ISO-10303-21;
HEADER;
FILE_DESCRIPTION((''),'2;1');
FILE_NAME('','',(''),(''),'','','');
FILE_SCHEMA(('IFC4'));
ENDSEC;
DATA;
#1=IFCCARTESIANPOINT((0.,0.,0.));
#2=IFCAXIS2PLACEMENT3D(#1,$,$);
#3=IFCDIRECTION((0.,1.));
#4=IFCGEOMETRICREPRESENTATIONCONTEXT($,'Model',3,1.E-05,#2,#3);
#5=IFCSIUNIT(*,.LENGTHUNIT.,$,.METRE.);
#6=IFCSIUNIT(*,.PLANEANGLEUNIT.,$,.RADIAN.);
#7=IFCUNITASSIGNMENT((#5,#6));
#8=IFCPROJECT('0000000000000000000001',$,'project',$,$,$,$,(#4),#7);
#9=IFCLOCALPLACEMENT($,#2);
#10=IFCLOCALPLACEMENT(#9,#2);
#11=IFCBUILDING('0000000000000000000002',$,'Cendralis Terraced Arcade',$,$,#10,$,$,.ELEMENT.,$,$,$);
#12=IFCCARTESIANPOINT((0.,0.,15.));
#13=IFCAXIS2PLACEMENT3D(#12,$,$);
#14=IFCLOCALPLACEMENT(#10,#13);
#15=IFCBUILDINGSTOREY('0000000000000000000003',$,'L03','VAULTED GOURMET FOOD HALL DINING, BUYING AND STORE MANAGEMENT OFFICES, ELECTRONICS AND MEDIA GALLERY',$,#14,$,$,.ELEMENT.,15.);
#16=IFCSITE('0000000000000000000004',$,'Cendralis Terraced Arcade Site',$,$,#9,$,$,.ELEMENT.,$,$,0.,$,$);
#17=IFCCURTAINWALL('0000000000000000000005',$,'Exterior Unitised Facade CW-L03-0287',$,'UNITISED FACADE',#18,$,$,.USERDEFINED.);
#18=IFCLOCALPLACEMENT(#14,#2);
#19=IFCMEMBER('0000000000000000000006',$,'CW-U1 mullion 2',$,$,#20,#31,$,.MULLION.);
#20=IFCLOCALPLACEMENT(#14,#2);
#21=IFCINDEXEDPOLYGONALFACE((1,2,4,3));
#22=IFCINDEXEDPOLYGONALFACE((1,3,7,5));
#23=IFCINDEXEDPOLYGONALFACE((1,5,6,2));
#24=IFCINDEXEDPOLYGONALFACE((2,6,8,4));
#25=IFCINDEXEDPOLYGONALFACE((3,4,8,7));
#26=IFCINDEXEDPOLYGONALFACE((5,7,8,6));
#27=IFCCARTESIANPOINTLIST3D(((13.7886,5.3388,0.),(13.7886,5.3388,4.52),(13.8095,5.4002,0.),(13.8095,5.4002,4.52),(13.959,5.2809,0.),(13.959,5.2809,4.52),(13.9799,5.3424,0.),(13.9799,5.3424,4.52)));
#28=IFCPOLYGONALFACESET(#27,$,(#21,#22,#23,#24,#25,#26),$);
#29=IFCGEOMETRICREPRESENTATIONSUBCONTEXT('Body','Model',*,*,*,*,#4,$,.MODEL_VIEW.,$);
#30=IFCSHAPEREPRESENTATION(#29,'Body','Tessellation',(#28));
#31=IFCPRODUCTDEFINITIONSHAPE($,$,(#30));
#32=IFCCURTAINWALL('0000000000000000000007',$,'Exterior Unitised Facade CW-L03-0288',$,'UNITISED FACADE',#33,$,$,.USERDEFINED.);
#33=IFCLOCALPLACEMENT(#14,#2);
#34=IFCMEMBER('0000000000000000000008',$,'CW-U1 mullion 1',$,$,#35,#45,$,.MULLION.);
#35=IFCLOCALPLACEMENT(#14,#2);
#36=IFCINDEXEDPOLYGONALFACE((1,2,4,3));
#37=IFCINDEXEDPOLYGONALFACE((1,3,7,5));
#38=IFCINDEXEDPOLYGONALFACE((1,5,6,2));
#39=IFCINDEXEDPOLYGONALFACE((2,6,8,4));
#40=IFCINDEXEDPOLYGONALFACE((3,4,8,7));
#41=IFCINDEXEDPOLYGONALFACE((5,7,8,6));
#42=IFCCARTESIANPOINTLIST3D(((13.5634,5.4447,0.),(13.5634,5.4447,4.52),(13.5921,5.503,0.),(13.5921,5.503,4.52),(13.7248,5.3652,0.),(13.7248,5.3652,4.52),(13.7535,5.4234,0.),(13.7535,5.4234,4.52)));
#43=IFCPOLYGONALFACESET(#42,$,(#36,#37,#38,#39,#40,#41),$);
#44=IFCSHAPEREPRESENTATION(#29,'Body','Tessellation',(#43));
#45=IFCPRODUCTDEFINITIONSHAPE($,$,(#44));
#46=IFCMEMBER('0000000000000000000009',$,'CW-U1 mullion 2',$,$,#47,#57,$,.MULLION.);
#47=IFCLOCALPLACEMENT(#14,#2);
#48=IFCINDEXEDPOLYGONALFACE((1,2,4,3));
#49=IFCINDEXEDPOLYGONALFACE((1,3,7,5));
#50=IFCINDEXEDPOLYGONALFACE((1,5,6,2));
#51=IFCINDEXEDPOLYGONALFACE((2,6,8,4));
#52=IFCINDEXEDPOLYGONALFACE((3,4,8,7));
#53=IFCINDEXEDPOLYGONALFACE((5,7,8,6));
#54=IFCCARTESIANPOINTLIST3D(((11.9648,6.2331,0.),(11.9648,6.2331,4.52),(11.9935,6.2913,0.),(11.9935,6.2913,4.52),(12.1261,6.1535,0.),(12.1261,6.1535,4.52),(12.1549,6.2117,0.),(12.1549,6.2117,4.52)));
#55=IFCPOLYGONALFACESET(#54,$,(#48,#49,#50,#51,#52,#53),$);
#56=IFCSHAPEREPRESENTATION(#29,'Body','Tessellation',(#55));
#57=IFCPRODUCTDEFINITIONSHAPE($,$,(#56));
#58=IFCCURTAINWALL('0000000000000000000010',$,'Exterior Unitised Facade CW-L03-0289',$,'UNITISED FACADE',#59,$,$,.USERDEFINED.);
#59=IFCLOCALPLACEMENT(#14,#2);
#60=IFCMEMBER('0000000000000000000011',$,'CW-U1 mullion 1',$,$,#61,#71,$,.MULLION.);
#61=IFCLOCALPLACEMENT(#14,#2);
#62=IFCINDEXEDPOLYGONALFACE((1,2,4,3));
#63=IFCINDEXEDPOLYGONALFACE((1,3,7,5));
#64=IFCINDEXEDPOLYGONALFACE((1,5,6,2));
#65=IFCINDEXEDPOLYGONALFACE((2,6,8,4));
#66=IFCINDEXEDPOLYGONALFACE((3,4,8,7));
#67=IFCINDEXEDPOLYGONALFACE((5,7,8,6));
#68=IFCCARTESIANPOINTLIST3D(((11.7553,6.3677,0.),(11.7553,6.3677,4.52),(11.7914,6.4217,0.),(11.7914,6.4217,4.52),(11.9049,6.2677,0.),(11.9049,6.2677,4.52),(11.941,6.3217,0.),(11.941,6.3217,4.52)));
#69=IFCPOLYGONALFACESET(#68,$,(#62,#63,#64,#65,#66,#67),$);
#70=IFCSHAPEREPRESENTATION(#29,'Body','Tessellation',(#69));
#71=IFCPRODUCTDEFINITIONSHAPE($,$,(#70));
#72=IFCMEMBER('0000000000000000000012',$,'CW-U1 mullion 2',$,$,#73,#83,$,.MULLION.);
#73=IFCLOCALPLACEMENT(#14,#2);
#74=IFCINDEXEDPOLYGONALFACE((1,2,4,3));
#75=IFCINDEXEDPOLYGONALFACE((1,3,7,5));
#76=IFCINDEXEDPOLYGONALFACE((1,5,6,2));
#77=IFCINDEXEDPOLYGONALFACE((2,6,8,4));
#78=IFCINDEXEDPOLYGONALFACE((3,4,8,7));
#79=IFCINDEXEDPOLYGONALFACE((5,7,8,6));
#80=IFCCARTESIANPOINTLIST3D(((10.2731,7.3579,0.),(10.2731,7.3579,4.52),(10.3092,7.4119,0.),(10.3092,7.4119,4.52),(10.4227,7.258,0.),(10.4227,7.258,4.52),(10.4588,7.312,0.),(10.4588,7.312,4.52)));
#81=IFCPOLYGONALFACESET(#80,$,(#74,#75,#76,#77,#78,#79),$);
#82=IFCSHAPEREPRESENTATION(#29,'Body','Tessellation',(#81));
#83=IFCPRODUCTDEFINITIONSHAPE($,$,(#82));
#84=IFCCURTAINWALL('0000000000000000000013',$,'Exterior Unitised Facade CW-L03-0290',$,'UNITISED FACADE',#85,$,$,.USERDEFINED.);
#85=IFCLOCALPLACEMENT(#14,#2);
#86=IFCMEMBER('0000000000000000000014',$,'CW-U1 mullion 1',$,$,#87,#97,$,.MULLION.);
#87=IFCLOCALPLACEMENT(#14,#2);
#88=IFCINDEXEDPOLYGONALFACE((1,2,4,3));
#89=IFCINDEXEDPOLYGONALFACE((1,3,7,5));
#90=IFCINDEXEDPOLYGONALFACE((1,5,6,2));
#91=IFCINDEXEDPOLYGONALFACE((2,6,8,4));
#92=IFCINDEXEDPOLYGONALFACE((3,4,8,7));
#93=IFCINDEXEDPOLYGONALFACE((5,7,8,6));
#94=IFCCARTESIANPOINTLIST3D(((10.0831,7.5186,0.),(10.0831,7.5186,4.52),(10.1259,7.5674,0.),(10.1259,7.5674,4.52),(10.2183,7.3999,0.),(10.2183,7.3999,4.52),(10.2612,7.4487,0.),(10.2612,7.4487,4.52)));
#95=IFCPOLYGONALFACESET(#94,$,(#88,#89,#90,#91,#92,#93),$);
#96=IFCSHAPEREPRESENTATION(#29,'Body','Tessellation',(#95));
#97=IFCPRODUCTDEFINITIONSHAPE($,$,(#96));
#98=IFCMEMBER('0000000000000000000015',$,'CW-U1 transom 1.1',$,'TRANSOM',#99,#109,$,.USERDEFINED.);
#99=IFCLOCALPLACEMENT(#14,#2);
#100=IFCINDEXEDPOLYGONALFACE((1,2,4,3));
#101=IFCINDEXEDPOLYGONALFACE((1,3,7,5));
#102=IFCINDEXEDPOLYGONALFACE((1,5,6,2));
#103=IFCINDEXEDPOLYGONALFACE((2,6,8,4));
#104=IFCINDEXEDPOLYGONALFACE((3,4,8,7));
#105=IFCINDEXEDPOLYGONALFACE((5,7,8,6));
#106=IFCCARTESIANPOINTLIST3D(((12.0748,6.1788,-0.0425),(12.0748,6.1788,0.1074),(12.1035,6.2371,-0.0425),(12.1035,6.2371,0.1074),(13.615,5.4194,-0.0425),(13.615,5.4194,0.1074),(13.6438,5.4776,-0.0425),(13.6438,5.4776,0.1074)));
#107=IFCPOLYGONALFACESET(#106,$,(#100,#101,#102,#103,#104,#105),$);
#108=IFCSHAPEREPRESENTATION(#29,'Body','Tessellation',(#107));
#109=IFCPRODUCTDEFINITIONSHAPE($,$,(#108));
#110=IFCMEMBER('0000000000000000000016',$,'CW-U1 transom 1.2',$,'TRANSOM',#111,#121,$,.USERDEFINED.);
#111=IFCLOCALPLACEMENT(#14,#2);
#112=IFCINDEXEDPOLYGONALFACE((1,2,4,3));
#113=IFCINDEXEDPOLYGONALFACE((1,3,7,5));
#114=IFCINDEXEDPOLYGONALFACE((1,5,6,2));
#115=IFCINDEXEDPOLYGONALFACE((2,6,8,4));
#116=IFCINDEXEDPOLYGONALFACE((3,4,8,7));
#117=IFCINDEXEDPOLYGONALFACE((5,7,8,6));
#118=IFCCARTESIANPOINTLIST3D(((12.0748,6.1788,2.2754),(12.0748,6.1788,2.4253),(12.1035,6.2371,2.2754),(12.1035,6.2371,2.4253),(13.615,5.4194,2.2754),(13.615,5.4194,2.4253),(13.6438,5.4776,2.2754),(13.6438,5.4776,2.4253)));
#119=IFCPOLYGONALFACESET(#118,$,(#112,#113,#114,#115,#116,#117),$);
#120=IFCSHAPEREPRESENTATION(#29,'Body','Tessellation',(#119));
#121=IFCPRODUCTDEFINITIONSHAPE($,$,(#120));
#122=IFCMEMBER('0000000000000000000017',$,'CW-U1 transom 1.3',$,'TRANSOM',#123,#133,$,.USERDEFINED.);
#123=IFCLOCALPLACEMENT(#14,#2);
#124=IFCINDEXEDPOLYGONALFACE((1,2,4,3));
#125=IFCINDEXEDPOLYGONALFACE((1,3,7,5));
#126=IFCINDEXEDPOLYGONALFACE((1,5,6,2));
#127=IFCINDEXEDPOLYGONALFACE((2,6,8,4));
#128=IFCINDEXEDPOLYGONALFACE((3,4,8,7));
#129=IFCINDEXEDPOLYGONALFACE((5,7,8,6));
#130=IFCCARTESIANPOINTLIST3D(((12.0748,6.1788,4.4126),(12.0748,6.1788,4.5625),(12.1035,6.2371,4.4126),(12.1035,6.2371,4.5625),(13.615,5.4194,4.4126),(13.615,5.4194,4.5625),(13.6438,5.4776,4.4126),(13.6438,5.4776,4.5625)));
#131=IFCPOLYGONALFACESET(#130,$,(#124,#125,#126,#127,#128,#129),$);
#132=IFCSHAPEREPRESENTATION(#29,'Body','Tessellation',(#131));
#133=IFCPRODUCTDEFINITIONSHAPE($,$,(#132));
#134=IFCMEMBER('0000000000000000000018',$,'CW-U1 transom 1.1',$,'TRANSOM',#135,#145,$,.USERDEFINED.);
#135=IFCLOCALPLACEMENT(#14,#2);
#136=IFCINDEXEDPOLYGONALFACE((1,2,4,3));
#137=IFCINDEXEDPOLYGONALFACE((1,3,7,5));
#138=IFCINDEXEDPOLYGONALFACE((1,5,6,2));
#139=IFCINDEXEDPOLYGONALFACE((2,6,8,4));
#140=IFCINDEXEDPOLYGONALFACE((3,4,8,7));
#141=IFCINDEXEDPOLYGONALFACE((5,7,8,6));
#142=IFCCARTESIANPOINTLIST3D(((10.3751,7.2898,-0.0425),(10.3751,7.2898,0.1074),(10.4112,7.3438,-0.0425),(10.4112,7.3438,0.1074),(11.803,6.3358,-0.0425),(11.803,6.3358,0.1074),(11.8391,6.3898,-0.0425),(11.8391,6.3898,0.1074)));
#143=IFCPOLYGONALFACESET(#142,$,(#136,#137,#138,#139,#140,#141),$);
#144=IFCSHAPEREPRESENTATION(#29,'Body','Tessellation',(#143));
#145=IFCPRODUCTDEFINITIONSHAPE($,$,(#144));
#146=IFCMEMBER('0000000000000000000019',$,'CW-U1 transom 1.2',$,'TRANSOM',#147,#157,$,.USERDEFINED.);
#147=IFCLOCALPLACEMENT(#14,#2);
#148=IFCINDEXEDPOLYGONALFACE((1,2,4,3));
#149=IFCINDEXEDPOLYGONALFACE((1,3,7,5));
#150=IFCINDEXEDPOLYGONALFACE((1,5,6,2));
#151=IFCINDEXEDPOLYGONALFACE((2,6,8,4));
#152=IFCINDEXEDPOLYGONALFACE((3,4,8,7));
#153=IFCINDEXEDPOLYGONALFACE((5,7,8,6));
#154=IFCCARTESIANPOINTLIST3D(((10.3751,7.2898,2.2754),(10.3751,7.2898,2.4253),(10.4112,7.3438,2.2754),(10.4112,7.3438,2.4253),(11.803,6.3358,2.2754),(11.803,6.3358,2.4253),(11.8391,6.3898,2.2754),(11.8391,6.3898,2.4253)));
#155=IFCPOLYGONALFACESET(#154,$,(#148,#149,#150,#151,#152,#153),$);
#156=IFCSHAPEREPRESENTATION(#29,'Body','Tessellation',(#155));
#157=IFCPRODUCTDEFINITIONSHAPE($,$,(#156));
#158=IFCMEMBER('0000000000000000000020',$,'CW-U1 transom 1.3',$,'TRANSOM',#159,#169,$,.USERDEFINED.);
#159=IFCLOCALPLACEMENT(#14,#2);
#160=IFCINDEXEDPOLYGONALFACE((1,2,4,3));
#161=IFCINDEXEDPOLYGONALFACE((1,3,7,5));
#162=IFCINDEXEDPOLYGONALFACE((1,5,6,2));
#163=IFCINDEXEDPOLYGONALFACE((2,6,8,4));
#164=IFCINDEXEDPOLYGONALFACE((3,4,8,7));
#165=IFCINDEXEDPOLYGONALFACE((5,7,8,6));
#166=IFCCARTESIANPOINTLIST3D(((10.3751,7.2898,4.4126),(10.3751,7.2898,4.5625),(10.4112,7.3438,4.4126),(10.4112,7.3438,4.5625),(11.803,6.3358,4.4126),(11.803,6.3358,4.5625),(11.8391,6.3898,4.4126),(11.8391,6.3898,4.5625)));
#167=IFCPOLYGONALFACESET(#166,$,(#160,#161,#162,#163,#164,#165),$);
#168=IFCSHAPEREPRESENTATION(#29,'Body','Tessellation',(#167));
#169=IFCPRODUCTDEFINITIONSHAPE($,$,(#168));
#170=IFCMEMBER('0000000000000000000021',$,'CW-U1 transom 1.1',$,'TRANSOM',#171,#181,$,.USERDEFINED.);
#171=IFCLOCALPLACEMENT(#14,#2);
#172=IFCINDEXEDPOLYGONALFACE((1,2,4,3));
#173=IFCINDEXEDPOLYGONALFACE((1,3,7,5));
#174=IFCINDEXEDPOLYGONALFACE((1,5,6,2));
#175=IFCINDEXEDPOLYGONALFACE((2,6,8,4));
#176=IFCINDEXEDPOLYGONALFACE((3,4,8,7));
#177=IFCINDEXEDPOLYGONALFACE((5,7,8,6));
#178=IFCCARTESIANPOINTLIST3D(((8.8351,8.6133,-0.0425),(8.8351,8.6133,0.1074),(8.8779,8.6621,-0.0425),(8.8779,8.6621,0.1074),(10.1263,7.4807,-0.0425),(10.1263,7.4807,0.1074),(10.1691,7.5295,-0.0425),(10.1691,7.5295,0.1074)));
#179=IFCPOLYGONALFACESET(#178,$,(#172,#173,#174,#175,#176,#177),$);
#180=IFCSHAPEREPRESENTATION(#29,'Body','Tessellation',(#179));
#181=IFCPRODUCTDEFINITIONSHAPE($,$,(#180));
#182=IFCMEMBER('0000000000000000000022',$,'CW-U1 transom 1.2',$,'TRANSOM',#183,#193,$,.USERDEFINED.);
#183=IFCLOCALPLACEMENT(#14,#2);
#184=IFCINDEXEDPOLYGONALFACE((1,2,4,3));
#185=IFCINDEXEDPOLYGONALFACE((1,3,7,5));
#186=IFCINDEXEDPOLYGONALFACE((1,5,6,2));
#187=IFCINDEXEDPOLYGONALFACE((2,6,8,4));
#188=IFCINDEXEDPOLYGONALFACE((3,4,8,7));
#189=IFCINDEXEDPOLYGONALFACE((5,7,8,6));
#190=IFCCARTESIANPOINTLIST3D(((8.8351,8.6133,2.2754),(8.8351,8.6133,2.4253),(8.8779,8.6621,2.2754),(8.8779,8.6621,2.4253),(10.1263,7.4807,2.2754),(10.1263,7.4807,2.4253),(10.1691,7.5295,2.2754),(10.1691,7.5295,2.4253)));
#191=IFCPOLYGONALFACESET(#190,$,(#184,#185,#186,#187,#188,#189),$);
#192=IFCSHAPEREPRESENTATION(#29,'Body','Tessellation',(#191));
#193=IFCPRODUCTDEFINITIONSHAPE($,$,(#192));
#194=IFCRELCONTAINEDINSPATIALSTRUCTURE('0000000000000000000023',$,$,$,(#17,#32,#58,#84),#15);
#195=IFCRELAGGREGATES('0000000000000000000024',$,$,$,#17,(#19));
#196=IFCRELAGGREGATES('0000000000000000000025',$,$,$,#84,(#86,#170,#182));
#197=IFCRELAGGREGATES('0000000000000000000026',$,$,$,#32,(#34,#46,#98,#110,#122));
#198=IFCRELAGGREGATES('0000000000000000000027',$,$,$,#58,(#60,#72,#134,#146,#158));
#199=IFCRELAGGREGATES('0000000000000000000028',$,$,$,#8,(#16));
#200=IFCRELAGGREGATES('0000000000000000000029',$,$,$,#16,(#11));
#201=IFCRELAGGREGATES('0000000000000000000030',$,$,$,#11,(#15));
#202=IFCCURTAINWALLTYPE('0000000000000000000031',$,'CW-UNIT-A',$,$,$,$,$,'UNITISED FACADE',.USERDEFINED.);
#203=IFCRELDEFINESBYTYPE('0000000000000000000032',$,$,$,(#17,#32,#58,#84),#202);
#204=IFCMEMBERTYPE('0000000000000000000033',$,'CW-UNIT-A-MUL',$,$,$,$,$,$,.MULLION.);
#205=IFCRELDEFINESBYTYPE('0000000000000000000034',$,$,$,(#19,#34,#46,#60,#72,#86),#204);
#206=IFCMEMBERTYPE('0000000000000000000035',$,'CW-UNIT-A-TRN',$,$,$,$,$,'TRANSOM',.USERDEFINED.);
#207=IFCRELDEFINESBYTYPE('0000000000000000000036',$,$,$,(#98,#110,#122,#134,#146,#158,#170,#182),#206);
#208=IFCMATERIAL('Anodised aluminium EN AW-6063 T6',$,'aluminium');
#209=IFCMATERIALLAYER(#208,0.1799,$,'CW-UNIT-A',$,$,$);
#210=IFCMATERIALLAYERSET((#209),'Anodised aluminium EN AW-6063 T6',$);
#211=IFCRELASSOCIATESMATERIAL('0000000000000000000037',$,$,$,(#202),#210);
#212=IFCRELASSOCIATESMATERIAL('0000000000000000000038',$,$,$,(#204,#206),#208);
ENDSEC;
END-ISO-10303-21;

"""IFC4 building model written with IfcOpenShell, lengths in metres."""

from ifc_helpers import new_model, si_unit, direction, frame, origin, origin_2d, place, context, subcontext, project, spatial, rectangle, extrude, material, layer, layer_set, material_profile, profile_set, type_object, element, aggregate, save


model = new_model("IFC4")

# Units and contexts
model_context = context("Model", 3, precision=1e-05, world=origin(), true_north=direction((0.0, 1.0)))
body_context = subcontext(model_context, "Body", "Model", "MODEL_VIEW")
ifc_project = project(units=[si_unit("LENGTHUNIT", "METRE"), si_unit("PLANEANGLEUNIT", "RADIAN")], contexts=[model_context])

# Site, building, storey
site_placement = place(None, origin())
site = spatial("IfcSite", under=ifc_project, at=site_placement, Name="Cendralis Terraced Arcade Site", CompositionType="ELEMENT", RefElevation=0.0)
building_placement = place(site_placement, origin())
building = spatial("IfcBuilding", under=site, at=building_placement, Name="Cendralis Terraced Arcade", CompositionType="ELEMENT")
storey_placement = place(building_placement, frame((0.0, 0.0, 15.0)))
storey = spatial("IfcBuildingStorey", under=building, at=storey_placement, Name="L03", Description="VAULTED GOURMET FOOD HALL DINING, BUYING AND STORE MANAGEMENT OFFICES, ELECTRONICS AND MEDIA GALLERY", CompositionType="ELEMENT", Elevation=15.0)

# Curtain wall, member
ifc_material_1 = material(Name="Anodised aluminium EN AW-6063 T6", Category="aluminium")
ifc_layer_1 = layer(ifc_material_1, 0.1799, Name="CW-UNIT-A")
ifc_layer_set_1 = layer_set([ifc_layer_1], Name="Anodised aluminium EN AW-6063 T6")
curtain_wall_type = type_object("IfcCurtainWallType", Name="CW-UNIT-A", ElementType="UNITISED FACADE", PredefinedType="USERDEFINED", material=ifc_layer_set_1)
curtain_wall_1_placement = place(storey_placement, origin())
curtain_wall_1 = element("IfcCurtainWall", 1, at=curtain_wall_1_placement, inside=storey, type_object=curtain_wall_type, Name="Exterior Unitised Facade CW-L03-0287", ObjectType="UNITISED FACADE", PredefinedType="USERDEFINED")
ifc_material_profile_1 = material_profile(ifc_material_1, rectangle(XDim=0.0649, YDim=0.1799, at=origin_2d()), Name="ALU-MUL-65x180")
ifc_profile_set_1 = profile_set([ifc_material_profile_1], Name="Anodised aluminium EN AW-6063 T6")
member_type_1 = type_object("IfcMemberType", Name="CW-UNIT-A-MUL", PredefinedType="MULLION", material=ifc_profile_set_1)
member_1_placement = place(storey_placement, frame((13.8843, 5.3406, 0.0), z_axis=(0.0, 0.0, 1.0), x_axis=(-0.3215, -0.94691, 0.0)))
member_1 = element("IfcMember", 2, at=member_1_placement, type_object=member_type_1, Name="CW-U1 mullion 2", PredefinedType="MULLION", context=body_context, shape_type="SweptSolid", body=[
    extrude(rectangle(XDim=0.0649, YDim=0.1799, at=origin_2d()), origin(), (0.0, 0.0, 1.0), 4.52),
])
aggregate(curtain_wall_1, [member_1])

# Curtain walls, members
curtain_wall_2_placement = place(storey_placement, origin())
curtain_wall_2 = element("IfcCurtainWall", 3, at=curtain_wall_2_placement, inside=storey, type_object=curtain_wall_type, Name="Exterior Unitised Facade CW-L03-0288", ObjectType="UNITISED FACADE", PredefinedType="USERDEFINED")
member_2_placement = place(storey_placement, frame((13.6584, 5.4341, 0.0), z_axis=(0.0, 0.0, 1.0), x_axis=(-0.44227, -0.896882, 0.0)))
member_2 = element("IfcMember", 4, at=member_2_placement, type_object=member_type_1, Name="CW-U1 mullion 1", PredefinedType="MULLION", context=body_context, shape_type="SweptSolid", body=[
    extrude(rectangle(XDim=0.0649, YDim=0.1799, at=origin_2d()), origin(), (0.0, 0.0, 1.0), 4.52),
])
member_3_placement = place(storey_placement, frame((12.0598, 6.2224, 0.0), z_axis=(0.0, 0.0, 1.0), x_axis=(-0.44227, -0.896882, 0.0)))
member_3 = element("IfcMember", 5, at=member_3_placement, type_object=member_type_1, Name="CW-U1 mullion 2", PredefinedType="MULLION", context=body_context, shape_type="SweptSolid", body=[
    extrude(rectangle(XDim=0.0649, YDim=0.1799, at=origin_2d()), origin(), (0.0, 0.0, 1.0), 4.52),
])
curtain_wall_3_placement = place(storey_placement, origin())
curtain_wall_3 = element("IfcCurtainWall", 6, at=curtain_wall_3_placement, inside=storey, type_object=curtain_wall_type, Name="Exterior Unitised Facade CW-L03-0289", ObjectType="UNITISED FACADE", PredefinedType="USERDEFINED")
member_4_placement = place(storey_placement, frame((11.8481, 6.3447, 0.0), z_axis=(0.0, 0.0, 1.0), x_axis=(-0.555549, -0.831484, 0.0)))
member_4 = element("IfcMember", 7, at=member_4_placement, type_object=member_type_1, Name="CW-U1 mullion 1", PredefinedType="MULLION", context=body_context, shape_type="SweptSolid", body=[
    extrude(rectangle(XDim=0.0649, YDim=0.1799, at=origin_2d()), origin(), (0.0, 0.0, 1.0), 4.52),
])
member_5_placement = place(storey_placement, frame((10.366, 7.335, 0.0), z_axis=(0.0, 0.0, 1.0), x_axis=(-0.555549, -0.831484, 0.0)))
member_5 = element("IfcMember", 8, at=member_5_placement, type_object=member_type_1, Name="CW-U1 mullion 2", PredefinedType="MULLION", context=body_context, shape_type="SweptSolid", body=[
    extrude(rectangle(XDim=0.0649, YDim=0.1799, at=origin_2d()), origin(), (0.0, 0.0, 1.0), 4.52),
])

# Curtain wall, member
curtain_wall_4_placement = place(storey_placement, origin())
curtain_wall_4 = element("IfcCurtainWall", 9, at=curtain_wall_4_placement, inside=storey, type_object=curtain_wall_type, Name="Exterior Unitised Facade CW-L03-0290", ObjectType="UNITISED FACADE", PredefinedType="USERDEFINED")
member_6_placement = place(storey_placement, frame((10.1721, 7.4836, 0.0), z_axis=(0.0, 0.0, 1.0), x_axis=(-0.65937, -0.751818, 0.0)))
member_6 = element("IfcMember", 10, at=member_6_placement, type_object=member_type_1, Name="CW-U1 mullion 1", PredefinedType="MULLION", context=body_context, shape_type="SweptSolid", body=[
    extrude(rectangle(XDim=0.0649, YDim=0.1799, at=origin_2d()), origin(), (0.0, 0.0, 1.0), 4.52),
])

# Members
ifc_material_profile_2 = material_profile(ifc_material_1, rectangle(XDim=0.0649, YDim=0.1499, at=origin_2d()), Name="ALU-TRN-65x150")
ifc_profile_set_2 = profile_set([ifc_material_profile_2], Name="Anodised aluminium EN AW-6063 T6")
member_type_2 = type_object("IfcMemberType", Name="CW-UNIT-A-TRN", ElementType="TRANSOM", PredefinedType="USERDEFINED", material=ifc_profile_set_2)
member_7_placement = place(storey_placement, frame((13.6294, 5.4485, 0.0325), z_axis=(-0.896887, 0.44226, 0.0), x_axis=(-0.44226, -0.896887, 0.0)))
member_7 = element("IfcMember", 11, at=member_7_placement, type_object=member_type_2, Name="CW-U1 transom 1.1", ObjectType="TRANSOM", PredefinedType="USERDEFINED", context=body_context, shape_type="SweptSolid", body=[
    extrude(rectangle(XDim=0.0649, YDim=0.1499, at=origin_2d()), origin(), (0.0, 0.0, 1.0), 1.7173),
])
member_8_placement = place(storey_placement, frame((13.6294, 5.4485, 2.3503), z_axis=(-0.896887, 0.44226, 0.0), x_axis=(-0.44226, -0.896887, 0.0)))
member_8 = element("IfcMember", 12, at=member_8_placement, type_object=member_type_2, Name="CW-U1 transom 1.2", ObjectType="TRANSOM", PredefinedType="USERDEFINED", context=body_context, shape_type="SweptSolid", body=[
    extrude(rectangle(XDim=0.0649, YDim=0.1499, at=origin_2d()), origin(), (0.0, 0.0, 1.0), 1.7173),
])
member_9_placement = place(storey_placement, frame((13.6294, 5.4485, 4.4875), z_axis=(-0.896887, 0.44226, 0.0), x_axis=(-0.44226, -0.896887, 0.0)))
member_9 = element("IfcMember", 13, at=member_9_placement, type_object=member_type_2, Name="CW-U1 transom 1.3", ObjectType="TRANSOM", PredefinedType="USERDEFINED", context=body_context, shape_type="SweptSolid", body=[
    extrude(rectangle(XDim=0.0649, YDim=0.1499, at=origin_2d()), origin(), (0.0, 0.0, 1.0), 1.7173),
])
member_10_placement = place(storey_placement, frame((11.821, 6.3628, 0.0325), z_axis=(-0.831481, 0.555553, 0.0), x_axis=(-0.555553, -0.831481, 0.0)))
member_10 = element("IfcMember", 14, at=member_10_placement, type_object=member_type_2, Name="CW-U1 transom 1.1", ObjectType="TRANSOM", PredefinedType="USERDEFINED", context=body_context, shape_type="SweptSolid", body=[
    extrude(rectangle(XDim=0.0649, YDim=0.1499, at=origin_2d()), origin(), (0.0, 0.0, 1.0), 1.7173),
])
member_11_placement = place(storey_placement, frame((11.821, 6.3628, 2.3503), z_axis=(-0.831481, 0.555553, 0.0), x_axis=(-0.555553, -0.831481, 0.0)))
member_11 = element("IfcMember", 15, at=member_11_placement, type_object=member_type_2, Name="CW-U1 transom 1.2", ObjectType="TRANSOM", PredefinedType="USERDEFINED", context=body_context, shape_type="SweptSolid", body=[
    extrude(rectangle(XDim=0.0649, YDim=0.1499, at=origin_2d()), origin(), (0.0, 0.0, 1.0), 1.7173),
])
member_12_placement = place(storey_placement, frame((11.821, 6.3628, 4.4875), z_axis=(-0.831481, 0.555553, 0.0), x_axis=(-0.555553, -0.831481, 0.0)))
member_12 = element("IfcMember", 16, at=member_12_placement, type_object=member_type_2, Name="CW-U1 transom 1.3", ObjectType="TRANSOM", PredefinedType="USERDEFINED", context=body_context, shape_type="SweptSolid", body=[
    extrude(rectangle(XDim=0.0649, YDim=0.1499, at=origin_2d()), origin(), (0.0, 0.0, 1.0), 1.7173),
])
member_13_placement = place(storey_placement, frame((10.1477, 7.5051, 0.0325), z_axis=(-0.751792, 0.6594, 0.0), x_axis=(-0.6594, -0.751792, 0.0)))
member_13 = element("IfcMember", 17, at=member_13_placement, type_object=member_type_2, Name="CW-U1 transom 1.1", ObjectType="TRANSOM", PredefinedType="USERDEFINED", context=body_context, shape_type="SweptSolid", body=[
    extrude(rectangle(XDim=0.0649, YDim=0.1499, at=origin_2d()), origin(), (0.0, 0.0, 1.0), 1.7175),
])
member_14_placement = place(storey_placement, frame((10.1477, 7.5051, 2.3503), z_axis=(-0.751792, 0.6594, 0.0), x_axis=(-0.6594, -0.751792, 0.0)))
member_14 = element("IfcMember", 18, at=member_14_placement, type_object=member_type_2, Name="CW-U1 transom 1.2", ObjectType="TRANSOM", PredefinedType="USERDEFINED", context=body_context, shape_type="SweptSolid", body=[
    extrude(rectangle(XDim=0.0649, YDim=0.1499, at=origin_2d()), origin(), (0.0, 0.0, 1.0), 1.7175),
])
aggregate(curtain_wall_4, [member_6, member_13, member_14])

aggregate(curtain_wall_2, [member_2, member_3, member_7, member_8, member_9])
aggregate(curtain_wall_3, [member_4, member_5, member_10, member_11, member_12])

save(model, "model.ifc")
